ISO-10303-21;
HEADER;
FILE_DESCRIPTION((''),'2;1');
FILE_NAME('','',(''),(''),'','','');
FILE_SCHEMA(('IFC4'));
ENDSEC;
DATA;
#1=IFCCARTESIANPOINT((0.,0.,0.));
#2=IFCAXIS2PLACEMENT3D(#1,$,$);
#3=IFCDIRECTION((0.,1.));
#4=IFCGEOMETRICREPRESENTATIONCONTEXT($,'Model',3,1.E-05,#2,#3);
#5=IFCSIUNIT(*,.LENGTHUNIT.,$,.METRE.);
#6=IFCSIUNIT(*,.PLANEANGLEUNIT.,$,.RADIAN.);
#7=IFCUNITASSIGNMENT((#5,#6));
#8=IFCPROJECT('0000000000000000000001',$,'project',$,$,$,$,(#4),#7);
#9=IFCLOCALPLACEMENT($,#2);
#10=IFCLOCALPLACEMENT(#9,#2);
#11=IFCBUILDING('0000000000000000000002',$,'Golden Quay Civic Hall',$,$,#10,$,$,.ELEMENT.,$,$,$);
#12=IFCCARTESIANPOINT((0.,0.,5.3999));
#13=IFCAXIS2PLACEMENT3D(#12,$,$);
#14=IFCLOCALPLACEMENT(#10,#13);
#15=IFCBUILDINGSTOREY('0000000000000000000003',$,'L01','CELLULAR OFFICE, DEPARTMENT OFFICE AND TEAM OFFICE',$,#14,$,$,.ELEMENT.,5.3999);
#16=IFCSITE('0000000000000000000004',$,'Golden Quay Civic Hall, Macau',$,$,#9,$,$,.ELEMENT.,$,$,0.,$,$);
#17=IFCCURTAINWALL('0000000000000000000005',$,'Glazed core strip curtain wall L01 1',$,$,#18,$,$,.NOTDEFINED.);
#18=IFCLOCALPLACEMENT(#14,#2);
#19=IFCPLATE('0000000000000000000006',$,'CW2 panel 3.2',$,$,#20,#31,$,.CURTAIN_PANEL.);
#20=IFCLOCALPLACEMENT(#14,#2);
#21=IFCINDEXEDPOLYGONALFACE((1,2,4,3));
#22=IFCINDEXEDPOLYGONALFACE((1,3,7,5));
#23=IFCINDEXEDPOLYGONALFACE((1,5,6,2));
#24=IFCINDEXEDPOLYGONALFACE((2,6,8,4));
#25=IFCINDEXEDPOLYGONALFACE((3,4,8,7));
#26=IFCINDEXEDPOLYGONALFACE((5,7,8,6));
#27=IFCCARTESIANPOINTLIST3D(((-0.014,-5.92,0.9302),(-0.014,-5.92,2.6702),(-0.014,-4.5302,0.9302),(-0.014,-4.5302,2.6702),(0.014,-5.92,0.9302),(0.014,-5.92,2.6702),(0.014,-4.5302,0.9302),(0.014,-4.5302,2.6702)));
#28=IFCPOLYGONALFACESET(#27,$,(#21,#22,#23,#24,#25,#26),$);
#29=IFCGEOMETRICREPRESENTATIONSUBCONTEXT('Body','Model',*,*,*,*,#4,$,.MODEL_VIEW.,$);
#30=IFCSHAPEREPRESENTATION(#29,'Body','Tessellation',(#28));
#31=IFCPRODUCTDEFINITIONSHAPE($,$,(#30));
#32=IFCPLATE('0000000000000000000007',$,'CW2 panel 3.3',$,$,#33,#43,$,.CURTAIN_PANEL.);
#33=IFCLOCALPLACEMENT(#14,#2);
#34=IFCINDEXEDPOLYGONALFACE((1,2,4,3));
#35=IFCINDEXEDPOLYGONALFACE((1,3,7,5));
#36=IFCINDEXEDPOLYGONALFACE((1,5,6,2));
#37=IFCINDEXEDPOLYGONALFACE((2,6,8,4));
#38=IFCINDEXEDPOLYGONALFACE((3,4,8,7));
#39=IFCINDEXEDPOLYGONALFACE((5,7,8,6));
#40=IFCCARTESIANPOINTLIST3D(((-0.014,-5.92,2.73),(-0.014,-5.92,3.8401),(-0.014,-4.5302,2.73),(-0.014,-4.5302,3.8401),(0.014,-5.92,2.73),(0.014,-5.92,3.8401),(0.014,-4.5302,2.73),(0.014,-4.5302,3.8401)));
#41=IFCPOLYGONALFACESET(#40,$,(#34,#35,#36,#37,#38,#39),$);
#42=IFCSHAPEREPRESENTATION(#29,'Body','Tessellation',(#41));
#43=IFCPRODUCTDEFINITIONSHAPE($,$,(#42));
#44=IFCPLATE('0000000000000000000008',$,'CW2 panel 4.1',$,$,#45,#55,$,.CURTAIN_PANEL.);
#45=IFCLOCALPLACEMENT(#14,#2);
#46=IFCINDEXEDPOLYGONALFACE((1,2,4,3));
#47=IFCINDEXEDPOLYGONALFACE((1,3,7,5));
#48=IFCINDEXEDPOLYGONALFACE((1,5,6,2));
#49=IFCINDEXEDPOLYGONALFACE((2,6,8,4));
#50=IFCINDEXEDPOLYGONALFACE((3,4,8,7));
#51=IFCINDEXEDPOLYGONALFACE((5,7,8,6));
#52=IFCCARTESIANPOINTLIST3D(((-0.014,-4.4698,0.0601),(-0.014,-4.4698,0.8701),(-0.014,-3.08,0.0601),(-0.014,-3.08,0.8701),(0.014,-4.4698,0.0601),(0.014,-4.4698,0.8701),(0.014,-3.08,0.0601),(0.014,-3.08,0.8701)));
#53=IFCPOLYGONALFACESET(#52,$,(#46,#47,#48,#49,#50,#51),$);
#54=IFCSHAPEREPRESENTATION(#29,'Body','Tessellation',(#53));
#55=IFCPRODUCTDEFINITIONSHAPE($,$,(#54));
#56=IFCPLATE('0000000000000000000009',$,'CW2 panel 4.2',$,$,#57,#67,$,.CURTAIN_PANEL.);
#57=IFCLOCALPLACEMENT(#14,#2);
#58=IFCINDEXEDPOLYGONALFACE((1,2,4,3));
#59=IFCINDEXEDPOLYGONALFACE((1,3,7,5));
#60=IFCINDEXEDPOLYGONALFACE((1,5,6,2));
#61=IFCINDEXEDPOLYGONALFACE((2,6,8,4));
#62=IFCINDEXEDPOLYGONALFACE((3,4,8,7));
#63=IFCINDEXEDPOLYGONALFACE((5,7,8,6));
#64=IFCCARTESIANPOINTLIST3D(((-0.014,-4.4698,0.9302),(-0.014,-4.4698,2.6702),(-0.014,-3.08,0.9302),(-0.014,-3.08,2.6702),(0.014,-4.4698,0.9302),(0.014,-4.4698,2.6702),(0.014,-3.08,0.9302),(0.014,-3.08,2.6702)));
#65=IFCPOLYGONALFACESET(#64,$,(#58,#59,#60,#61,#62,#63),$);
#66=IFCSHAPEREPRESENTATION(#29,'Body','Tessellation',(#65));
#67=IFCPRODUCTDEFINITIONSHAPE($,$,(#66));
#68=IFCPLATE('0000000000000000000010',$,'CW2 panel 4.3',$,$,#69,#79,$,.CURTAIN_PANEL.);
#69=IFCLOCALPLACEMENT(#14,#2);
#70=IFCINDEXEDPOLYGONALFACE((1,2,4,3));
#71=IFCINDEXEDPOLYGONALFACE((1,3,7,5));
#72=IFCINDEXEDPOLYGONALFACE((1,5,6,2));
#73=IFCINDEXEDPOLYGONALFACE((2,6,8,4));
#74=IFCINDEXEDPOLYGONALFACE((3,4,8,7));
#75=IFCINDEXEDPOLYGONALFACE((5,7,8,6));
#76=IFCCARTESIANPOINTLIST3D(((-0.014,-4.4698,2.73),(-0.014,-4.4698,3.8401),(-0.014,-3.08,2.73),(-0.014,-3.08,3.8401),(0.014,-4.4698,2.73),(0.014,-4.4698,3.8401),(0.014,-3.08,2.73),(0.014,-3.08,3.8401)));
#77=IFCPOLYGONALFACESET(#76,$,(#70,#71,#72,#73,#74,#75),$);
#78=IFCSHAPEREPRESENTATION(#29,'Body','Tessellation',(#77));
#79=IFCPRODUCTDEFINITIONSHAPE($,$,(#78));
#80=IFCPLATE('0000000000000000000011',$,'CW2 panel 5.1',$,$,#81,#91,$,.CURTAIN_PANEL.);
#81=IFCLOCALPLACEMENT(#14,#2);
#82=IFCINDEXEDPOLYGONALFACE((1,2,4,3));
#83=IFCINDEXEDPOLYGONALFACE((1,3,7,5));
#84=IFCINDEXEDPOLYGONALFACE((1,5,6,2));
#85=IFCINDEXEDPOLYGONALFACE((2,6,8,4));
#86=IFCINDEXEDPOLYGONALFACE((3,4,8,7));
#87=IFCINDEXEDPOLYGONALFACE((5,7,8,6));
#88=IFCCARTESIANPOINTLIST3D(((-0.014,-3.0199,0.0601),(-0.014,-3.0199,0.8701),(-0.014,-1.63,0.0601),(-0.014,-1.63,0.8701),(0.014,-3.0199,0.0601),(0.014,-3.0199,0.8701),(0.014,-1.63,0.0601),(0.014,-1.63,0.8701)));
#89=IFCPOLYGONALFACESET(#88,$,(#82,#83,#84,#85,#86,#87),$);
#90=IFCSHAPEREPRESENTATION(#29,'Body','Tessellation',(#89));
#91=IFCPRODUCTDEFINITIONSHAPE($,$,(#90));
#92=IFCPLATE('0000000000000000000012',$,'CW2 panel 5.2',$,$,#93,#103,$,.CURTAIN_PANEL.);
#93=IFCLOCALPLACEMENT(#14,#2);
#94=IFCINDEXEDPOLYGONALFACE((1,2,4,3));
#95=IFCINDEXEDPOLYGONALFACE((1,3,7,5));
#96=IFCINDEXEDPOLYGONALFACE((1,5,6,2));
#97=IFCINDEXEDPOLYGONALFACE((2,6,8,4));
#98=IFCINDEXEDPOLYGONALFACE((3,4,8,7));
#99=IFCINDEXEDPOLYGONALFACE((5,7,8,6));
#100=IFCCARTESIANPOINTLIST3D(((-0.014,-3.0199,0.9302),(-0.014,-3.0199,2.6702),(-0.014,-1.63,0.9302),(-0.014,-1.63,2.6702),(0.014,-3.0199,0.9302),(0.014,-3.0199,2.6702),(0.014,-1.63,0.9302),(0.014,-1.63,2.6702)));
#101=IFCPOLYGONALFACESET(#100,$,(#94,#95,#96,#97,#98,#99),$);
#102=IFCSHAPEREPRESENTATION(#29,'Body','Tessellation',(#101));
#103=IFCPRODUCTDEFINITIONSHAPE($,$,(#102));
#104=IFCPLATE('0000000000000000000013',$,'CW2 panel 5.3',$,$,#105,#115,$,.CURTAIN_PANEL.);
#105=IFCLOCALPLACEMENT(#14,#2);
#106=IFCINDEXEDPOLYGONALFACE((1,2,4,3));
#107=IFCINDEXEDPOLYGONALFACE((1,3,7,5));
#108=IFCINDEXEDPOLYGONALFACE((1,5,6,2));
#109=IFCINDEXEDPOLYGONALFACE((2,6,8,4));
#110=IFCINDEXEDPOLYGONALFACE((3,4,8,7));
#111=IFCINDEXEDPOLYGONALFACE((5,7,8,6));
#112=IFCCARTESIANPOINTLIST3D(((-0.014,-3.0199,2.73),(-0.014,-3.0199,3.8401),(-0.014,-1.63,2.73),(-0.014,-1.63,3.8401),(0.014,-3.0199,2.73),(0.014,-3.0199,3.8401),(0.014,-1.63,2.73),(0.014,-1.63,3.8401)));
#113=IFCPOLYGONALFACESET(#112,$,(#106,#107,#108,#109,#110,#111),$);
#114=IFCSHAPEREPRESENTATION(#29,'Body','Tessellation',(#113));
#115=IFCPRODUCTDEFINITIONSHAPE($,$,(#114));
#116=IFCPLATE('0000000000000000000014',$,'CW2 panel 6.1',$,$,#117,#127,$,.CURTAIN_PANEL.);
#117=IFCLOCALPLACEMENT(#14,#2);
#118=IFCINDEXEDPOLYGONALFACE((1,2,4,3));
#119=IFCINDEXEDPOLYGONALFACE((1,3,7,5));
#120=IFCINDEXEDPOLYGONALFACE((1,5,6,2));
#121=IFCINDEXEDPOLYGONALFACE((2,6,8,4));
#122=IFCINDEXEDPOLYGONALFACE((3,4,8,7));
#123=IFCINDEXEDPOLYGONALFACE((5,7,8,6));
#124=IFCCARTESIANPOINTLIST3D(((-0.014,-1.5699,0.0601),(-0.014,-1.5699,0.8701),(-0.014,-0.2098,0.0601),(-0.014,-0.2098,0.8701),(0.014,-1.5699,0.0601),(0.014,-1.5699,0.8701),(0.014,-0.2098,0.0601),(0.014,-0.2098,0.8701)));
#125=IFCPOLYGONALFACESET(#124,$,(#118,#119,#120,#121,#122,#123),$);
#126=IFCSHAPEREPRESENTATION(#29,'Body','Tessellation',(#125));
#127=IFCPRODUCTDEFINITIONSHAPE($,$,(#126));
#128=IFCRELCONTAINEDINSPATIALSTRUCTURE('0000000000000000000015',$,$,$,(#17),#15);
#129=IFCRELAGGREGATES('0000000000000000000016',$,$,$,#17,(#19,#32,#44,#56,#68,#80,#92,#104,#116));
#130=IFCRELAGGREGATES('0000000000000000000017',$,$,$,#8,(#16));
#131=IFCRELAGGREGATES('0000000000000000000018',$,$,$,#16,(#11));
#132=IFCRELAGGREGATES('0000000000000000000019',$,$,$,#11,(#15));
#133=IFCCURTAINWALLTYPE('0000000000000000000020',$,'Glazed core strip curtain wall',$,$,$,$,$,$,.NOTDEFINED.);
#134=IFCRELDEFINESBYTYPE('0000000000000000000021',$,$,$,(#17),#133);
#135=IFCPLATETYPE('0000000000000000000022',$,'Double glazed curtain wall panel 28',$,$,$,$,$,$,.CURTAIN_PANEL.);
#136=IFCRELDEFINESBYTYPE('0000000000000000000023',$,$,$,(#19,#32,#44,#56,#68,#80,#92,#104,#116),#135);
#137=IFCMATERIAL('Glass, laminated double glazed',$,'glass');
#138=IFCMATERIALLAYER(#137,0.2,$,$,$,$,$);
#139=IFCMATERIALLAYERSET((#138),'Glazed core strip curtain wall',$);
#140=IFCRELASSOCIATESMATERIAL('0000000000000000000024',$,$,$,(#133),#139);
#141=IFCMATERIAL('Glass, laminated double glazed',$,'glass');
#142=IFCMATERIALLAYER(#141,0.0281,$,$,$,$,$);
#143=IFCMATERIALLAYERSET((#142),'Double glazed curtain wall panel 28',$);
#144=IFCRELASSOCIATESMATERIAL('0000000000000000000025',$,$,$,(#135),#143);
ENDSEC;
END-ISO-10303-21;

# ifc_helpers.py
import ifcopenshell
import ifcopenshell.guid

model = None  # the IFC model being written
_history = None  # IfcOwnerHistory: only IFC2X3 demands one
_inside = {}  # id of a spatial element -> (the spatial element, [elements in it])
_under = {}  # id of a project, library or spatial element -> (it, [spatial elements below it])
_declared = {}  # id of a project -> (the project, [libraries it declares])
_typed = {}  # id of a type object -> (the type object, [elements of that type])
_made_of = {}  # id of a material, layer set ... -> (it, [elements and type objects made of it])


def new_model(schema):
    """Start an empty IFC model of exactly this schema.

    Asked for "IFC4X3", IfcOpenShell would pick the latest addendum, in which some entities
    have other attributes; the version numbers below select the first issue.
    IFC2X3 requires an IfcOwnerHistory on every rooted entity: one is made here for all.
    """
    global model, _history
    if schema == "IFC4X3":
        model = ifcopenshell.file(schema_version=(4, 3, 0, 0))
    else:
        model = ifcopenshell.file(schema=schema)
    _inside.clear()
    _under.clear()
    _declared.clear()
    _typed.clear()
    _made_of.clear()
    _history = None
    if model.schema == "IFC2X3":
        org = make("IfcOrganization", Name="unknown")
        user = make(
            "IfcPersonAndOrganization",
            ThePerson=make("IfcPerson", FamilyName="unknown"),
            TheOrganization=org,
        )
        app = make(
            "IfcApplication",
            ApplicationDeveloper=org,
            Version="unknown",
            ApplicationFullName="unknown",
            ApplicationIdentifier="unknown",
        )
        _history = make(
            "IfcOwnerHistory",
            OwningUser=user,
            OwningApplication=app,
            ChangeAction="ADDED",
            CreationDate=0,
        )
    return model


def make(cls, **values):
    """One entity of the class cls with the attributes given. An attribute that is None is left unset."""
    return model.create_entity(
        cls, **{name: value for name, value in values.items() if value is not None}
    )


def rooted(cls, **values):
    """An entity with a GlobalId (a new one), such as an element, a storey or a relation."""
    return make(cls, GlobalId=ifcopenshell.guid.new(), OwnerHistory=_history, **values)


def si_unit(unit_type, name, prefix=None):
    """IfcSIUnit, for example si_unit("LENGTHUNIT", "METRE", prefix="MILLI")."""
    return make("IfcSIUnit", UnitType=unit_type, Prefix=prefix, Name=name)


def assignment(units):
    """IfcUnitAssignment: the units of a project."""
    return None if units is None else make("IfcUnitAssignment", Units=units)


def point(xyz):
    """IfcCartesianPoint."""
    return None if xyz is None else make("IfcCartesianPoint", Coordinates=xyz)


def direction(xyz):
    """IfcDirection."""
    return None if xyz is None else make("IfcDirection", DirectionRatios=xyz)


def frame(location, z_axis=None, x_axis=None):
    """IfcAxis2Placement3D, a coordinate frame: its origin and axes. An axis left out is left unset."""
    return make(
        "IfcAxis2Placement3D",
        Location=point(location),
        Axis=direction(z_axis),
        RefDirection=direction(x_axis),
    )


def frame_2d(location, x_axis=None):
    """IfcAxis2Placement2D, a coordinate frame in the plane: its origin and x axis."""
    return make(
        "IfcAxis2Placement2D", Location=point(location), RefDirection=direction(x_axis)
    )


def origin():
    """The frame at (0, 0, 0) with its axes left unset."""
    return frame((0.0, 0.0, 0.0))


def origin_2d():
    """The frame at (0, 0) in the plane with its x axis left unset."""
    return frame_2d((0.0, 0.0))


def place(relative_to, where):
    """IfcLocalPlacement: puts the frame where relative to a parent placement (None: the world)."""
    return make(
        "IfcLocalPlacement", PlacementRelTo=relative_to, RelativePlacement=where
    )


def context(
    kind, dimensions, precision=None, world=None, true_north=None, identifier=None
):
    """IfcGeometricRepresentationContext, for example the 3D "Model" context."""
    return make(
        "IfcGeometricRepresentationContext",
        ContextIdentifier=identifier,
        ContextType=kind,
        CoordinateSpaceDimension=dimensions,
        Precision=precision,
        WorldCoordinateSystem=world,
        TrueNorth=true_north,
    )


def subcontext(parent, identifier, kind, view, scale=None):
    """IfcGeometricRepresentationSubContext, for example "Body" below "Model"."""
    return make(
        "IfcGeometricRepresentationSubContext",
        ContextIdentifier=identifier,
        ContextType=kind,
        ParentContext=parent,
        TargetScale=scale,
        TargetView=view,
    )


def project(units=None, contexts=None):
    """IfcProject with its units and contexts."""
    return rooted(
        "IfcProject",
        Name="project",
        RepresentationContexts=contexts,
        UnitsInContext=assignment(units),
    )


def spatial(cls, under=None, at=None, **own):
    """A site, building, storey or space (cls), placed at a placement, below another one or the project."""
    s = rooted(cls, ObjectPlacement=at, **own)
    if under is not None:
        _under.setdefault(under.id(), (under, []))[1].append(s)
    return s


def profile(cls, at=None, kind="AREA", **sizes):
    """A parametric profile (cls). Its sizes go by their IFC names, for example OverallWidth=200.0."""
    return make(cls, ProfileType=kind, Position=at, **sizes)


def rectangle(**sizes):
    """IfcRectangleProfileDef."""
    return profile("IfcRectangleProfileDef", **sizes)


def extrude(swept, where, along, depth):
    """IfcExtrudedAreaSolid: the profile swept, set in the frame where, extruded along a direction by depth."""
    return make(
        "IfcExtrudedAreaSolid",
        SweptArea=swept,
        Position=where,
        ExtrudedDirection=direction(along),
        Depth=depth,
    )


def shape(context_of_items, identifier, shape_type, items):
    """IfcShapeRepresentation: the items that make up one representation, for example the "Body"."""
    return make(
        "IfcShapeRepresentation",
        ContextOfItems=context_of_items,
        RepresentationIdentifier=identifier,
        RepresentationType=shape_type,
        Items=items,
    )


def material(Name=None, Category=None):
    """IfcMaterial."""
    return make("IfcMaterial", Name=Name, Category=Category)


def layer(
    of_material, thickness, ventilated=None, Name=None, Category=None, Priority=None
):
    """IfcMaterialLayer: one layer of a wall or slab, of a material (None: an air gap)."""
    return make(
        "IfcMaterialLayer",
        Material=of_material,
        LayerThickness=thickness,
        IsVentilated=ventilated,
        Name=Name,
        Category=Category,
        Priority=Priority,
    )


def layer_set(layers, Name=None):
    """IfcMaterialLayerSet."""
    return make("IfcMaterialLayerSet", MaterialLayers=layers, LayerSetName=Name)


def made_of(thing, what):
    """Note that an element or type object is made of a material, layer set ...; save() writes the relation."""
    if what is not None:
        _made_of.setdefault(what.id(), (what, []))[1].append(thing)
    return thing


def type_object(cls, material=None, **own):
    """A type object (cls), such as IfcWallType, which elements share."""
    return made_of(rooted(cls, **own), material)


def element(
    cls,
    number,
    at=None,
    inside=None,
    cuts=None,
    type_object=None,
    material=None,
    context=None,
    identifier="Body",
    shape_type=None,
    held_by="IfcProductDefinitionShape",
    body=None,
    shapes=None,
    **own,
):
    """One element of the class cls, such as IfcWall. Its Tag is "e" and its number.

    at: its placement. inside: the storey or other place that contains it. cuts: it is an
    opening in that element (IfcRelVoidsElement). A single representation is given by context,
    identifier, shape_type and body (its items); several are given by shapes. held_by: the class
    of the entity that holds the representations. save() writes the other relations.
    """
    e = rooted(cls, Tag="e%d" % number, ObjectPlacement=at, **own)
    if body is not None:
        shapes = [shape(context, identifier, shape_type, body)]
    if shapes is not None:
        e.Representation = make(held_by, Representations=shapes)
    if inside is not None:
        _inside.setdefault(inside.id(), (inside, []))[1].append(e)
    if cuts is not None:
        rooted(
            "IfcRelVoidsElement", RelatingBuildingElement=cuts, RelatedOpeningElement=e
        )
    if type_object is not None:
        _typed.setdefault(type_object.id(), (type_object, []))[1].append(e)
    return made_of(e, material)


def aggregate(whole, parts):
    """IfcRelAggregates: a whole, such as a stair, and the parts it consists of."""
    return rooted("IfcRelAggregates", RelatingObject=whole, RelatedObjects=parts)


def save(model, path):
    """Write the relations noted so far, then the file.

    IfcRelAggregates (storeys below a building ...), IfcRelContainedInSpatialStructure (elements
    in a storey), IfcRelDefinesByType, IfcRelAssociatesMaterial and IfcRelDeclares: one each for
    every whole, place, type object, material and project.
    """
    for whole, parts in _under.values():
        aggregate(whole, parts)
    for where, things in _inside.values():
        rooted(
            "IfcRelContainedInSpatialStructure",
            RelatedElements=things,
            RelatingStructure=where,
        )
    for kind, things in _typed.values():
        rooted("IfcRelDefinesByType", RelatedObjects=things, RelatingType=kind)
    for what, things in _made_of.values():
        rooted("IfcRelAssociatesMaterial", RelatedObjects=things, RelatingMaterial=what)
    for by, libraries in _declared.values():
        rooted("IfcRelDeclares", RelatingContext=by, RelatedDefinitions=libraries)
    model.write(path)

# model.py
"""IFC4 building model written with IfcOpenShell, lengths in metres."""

from ifc_helpers import new_model, si_unit, direction, frame, origin, origin_2d, place, context, subcontext, project, spatial, rectangle, extrude, material, layer, layer_set, type_object, element, aggregate, save


model = new_model("IFC4")

# Units and contexts
model_context = context("Model", 3, precision=1e-05, world=origin(), true_north=direction((0.0, 1.0)))
body_context = subcontext(model_context, "Body", "Model", "MODEL_VIEW")
ifc_project = project(units=[si_unit("LENGTHUNIT", "METRE"), si_unit("PLANEANGLEUNIT", "RADIAN")], contexts=[model_context])

# Site, building, storey
site_placement = place(None, origin())
site = spatial("IfcSite", under=ifc_project, at=site_placement, Name="Golden Quay Civic Hall, Macau", CompositionType="ELEMENT", RefElevation=0.0)
building_placement = place(site_placement, origin())
building = spatial("IfcBuilding", under=site, at=building_placement, Name="Golden Quay Civic Hall", CompositionType="ELEMENT")
storey_placement = place(building_placement, frame((0.0, 0.0, 5.3999)))
storey = spatial("IfcBuildingStorey", under=building, at=storey_placement, Name="L01", Description="CELLULAR OFFICE, DEPARTMENT OFFICE AND TEAM OFFICE", CompositionType="ELEMENT", Elevation=5.3999)

# Curtain wall, plates
ifc_material_1 = material(Name="Glass, laminated double glazed", Category="glass")
ifc_layer_1 = layer(ifc_material_1, 0.2)
ifc_layer_set_1 = layer_set([ifc_layer_1], Name="Glazed core strip curtain wall")
curtain_wall_type = type_object("IfcCurtainWallType", Name="Glazed core strip curtain wall", PredefinedType="NOTDEFINED", material=ifc_layer_set_1)
curtain_wall_placement = place(storey_placement, origin())
curtain_wall = element("IfcCurtainWall", 1, at=curtain_wall_placement, inside=storey, type_object=curtain_wall_type, Name="Glazed core strip curtain wall L01 1", PredefinedType="NOTDEFINED")
ifc_material_2 = material(Name="Glass, laminated double glazed", Category="glass")
ifc_layer_2 = layer(ifc_material_2, 0.0281)
ifc_layer_set_2 = layer_set([ifc_layer_2], Name="Double glazed curtain wall panel 28")
plate_type = type_object("IfcPlateType", Name="Double glazed curtain wall panel 28", PredefinedType="CURTAIN_PANEL", material=ifc_layer_set_2)
plate_1_placement = place(storey_placement, frame((0.0, -5.2251, 0.9302), z_axis=(0.0, 0.0, 1.0), x_axis=(0.0, 1.0, 0.0)))
plate_1 = element("IfcPlate", 2, at=plate_1_placement, type_object=plate_type, Name="CW2 panel 3.2", PredefinedType="CURTAIN_PANEL", context=body_context, shape_type="SweptSolid", body=[
    extrude(rectangle(XDim=1.3899, YDim=0.0281, at=origin_2d()), origin(), (0.0, 0.0, 1.0), 1.74),
])
plate_2_placement = place(storey_placement, frame((0.0, -5.2251, 2.73), z_axis=(0.0, 0.0, 1.0), x_axis=(0.0, 1.0, 0.0)))
plate_2 = element("IfcPlate", 3, at=plate_2_placement, type_object=plate_type, Name="CW2 panel 3.3", PredefinedType="CURTAIN_PANEL", context=body_context, shape_type="SweptSolid", body=[
    extrude(rectangle(XDim=1.3899, YDim=0.0281, at=origin_2d()), origin(), (0.0, 0.0, 1.0), 1.1101),
])
plate_3_placement = place(storey_placement, frame((0.0, -3.7749, 0.0601), z_axis=(0.0, 0.0, 1.0), x_axis=(0.0, 1.0, 0.0)))
plate_3 = element("IfcPlate", 4, at=plate_3_placement, type_object=plate_type, Name="CW2 panel 4.1", PredefinedType="CURTAIN_PANEL", context=body_context, shape_type="SweptSolid", body=[
    extrude(rectangle(XDim=1.3899, YDim=0.0281, at=origin_2d()), origin(), (0.0, 0.0, 1.0), 0.8101),
])
plate_4_placement = place(storey_placement, frame((0.0, -3.7749, 0.9302), z_axis=(0.0, 0.0, 1.0), x_axis=(0.0, 1.0, 0.0)))
plate_4 = element("IfcPlate", 5, at=plate_4_placement, type_object=plate_type, Name="CW2 panel 4.2", PredefinedType="CURTAIN_PANEL", context=body_context, shape_type="SweptSolid", body=[
    extrude(rectangle(XDim=1.3899, YDim=0.0281, at=origin_2d()), origin(), (0.0, 0.0, 1.0), 1.74),
])
plate_5_placement = place(storey_placement, frame((0.0, -3.7749, 2.73), z_axis=(0.0, 0.0, 1.0), x_axis=(0.0, 1.0, 0.0)))
plate_5 = element("IfcPlate", 6, at=plate_5_placement, type_object=plate_type, Name="CW2 panel 4.3", PredefinedType="CURTAIN_PANEL", context=body_context, shape_type="SweptSolid", body=[
    extrude(rectangle(XDim=1.3899, YDim=0.0281, at=origin_2d()), origin(), (0.0, 0.0, 1.0), 1.1101),
])
plate_6_placement = place(storey_placement, frame((0.0, -2.325, 0.0601), z_axis=(0.0, 0.0, 1.0), x_axis=(0.0, 1.0, 0.0)))
plate_6 = element("IfcPlate", 7, at=plate_6_placement, type_object=plate_type, Name="CW2 panel 5.1", PredefinedType="CURTAIN_PANEL", context=body_context, shape_type="SweptSolid", body=[
    extrude(rectangle(XDim=1.3899, YDim=0.0281, at=origin_2d()), origin(), (0.0, 0.0, 1.0), 0.8101),
])
plate_7_placement = place(storey_placement, frame((0.0, -2.325, 0.9302), z_axis=(0.0, 0.0, 1.0), x_axis=(0.0, 1.0, 0.0)))
plate_7 = element("IfcPlate", 8, at=plate_7_placement, type_object=plate_type, Name="CW2 panel 5.2", PredefinedType="CURTAIN_PANEL", context=body_context, shape_type="SweptSolid", body=[
    extrude(rectangle(XDim=1.3899, YDim=0.0281, at=origin_2d()), origin(), (0.0, 0.0, 1.0), 1.74),
])
plate_8_placement = place(storey_placement, frame((0.0, -2.325, 2.73), z_axis=(0.0, 0.0, 1.0), x_axis=(0.0, 1.0, 0.0)))
plate_8 = element("IfcPlate", 9, at=plate_8_placement, type_object=plate_type, Name="CW2 panel 5.3", PredefinedType="CURTAIN_PANEL", context=body_context, shape_type="SweptSolid", body=[
    extrude(rectangle(XDim=1.3899, YDim=0.0281, at=origin_2d()), origin(), (0.0, 0.0, 1.0), 1.1101),
])
plate_9_placement = place(storey_placement, frame((0.0, -0.8899, 0.0601), z_axis=(0.0, 0.0, 1.0), x_axis=(0.0, 1.0, 0.0)))
plate_9 = element("IfcPlate", 10, at=plate_9_placement, type_object=plate_type, Name="CW2 panel 6.1", PredefinedType="CURTAIN_PANEL", context=body_context, shape_type="SweptSolid", body=[
    extrude(rectangle(XDim=1.3601, YDim=0.0281, at=origin_2d()), origin(), (0.0, 0.0, 1.0), 0.8101),
])
aggregate(curtain_wall, [plate_1, plate_2, plate_3, plate_4, plate_5, plate_6, plate_7, plate_8, plate_9])

save(model, "model.ifc")
